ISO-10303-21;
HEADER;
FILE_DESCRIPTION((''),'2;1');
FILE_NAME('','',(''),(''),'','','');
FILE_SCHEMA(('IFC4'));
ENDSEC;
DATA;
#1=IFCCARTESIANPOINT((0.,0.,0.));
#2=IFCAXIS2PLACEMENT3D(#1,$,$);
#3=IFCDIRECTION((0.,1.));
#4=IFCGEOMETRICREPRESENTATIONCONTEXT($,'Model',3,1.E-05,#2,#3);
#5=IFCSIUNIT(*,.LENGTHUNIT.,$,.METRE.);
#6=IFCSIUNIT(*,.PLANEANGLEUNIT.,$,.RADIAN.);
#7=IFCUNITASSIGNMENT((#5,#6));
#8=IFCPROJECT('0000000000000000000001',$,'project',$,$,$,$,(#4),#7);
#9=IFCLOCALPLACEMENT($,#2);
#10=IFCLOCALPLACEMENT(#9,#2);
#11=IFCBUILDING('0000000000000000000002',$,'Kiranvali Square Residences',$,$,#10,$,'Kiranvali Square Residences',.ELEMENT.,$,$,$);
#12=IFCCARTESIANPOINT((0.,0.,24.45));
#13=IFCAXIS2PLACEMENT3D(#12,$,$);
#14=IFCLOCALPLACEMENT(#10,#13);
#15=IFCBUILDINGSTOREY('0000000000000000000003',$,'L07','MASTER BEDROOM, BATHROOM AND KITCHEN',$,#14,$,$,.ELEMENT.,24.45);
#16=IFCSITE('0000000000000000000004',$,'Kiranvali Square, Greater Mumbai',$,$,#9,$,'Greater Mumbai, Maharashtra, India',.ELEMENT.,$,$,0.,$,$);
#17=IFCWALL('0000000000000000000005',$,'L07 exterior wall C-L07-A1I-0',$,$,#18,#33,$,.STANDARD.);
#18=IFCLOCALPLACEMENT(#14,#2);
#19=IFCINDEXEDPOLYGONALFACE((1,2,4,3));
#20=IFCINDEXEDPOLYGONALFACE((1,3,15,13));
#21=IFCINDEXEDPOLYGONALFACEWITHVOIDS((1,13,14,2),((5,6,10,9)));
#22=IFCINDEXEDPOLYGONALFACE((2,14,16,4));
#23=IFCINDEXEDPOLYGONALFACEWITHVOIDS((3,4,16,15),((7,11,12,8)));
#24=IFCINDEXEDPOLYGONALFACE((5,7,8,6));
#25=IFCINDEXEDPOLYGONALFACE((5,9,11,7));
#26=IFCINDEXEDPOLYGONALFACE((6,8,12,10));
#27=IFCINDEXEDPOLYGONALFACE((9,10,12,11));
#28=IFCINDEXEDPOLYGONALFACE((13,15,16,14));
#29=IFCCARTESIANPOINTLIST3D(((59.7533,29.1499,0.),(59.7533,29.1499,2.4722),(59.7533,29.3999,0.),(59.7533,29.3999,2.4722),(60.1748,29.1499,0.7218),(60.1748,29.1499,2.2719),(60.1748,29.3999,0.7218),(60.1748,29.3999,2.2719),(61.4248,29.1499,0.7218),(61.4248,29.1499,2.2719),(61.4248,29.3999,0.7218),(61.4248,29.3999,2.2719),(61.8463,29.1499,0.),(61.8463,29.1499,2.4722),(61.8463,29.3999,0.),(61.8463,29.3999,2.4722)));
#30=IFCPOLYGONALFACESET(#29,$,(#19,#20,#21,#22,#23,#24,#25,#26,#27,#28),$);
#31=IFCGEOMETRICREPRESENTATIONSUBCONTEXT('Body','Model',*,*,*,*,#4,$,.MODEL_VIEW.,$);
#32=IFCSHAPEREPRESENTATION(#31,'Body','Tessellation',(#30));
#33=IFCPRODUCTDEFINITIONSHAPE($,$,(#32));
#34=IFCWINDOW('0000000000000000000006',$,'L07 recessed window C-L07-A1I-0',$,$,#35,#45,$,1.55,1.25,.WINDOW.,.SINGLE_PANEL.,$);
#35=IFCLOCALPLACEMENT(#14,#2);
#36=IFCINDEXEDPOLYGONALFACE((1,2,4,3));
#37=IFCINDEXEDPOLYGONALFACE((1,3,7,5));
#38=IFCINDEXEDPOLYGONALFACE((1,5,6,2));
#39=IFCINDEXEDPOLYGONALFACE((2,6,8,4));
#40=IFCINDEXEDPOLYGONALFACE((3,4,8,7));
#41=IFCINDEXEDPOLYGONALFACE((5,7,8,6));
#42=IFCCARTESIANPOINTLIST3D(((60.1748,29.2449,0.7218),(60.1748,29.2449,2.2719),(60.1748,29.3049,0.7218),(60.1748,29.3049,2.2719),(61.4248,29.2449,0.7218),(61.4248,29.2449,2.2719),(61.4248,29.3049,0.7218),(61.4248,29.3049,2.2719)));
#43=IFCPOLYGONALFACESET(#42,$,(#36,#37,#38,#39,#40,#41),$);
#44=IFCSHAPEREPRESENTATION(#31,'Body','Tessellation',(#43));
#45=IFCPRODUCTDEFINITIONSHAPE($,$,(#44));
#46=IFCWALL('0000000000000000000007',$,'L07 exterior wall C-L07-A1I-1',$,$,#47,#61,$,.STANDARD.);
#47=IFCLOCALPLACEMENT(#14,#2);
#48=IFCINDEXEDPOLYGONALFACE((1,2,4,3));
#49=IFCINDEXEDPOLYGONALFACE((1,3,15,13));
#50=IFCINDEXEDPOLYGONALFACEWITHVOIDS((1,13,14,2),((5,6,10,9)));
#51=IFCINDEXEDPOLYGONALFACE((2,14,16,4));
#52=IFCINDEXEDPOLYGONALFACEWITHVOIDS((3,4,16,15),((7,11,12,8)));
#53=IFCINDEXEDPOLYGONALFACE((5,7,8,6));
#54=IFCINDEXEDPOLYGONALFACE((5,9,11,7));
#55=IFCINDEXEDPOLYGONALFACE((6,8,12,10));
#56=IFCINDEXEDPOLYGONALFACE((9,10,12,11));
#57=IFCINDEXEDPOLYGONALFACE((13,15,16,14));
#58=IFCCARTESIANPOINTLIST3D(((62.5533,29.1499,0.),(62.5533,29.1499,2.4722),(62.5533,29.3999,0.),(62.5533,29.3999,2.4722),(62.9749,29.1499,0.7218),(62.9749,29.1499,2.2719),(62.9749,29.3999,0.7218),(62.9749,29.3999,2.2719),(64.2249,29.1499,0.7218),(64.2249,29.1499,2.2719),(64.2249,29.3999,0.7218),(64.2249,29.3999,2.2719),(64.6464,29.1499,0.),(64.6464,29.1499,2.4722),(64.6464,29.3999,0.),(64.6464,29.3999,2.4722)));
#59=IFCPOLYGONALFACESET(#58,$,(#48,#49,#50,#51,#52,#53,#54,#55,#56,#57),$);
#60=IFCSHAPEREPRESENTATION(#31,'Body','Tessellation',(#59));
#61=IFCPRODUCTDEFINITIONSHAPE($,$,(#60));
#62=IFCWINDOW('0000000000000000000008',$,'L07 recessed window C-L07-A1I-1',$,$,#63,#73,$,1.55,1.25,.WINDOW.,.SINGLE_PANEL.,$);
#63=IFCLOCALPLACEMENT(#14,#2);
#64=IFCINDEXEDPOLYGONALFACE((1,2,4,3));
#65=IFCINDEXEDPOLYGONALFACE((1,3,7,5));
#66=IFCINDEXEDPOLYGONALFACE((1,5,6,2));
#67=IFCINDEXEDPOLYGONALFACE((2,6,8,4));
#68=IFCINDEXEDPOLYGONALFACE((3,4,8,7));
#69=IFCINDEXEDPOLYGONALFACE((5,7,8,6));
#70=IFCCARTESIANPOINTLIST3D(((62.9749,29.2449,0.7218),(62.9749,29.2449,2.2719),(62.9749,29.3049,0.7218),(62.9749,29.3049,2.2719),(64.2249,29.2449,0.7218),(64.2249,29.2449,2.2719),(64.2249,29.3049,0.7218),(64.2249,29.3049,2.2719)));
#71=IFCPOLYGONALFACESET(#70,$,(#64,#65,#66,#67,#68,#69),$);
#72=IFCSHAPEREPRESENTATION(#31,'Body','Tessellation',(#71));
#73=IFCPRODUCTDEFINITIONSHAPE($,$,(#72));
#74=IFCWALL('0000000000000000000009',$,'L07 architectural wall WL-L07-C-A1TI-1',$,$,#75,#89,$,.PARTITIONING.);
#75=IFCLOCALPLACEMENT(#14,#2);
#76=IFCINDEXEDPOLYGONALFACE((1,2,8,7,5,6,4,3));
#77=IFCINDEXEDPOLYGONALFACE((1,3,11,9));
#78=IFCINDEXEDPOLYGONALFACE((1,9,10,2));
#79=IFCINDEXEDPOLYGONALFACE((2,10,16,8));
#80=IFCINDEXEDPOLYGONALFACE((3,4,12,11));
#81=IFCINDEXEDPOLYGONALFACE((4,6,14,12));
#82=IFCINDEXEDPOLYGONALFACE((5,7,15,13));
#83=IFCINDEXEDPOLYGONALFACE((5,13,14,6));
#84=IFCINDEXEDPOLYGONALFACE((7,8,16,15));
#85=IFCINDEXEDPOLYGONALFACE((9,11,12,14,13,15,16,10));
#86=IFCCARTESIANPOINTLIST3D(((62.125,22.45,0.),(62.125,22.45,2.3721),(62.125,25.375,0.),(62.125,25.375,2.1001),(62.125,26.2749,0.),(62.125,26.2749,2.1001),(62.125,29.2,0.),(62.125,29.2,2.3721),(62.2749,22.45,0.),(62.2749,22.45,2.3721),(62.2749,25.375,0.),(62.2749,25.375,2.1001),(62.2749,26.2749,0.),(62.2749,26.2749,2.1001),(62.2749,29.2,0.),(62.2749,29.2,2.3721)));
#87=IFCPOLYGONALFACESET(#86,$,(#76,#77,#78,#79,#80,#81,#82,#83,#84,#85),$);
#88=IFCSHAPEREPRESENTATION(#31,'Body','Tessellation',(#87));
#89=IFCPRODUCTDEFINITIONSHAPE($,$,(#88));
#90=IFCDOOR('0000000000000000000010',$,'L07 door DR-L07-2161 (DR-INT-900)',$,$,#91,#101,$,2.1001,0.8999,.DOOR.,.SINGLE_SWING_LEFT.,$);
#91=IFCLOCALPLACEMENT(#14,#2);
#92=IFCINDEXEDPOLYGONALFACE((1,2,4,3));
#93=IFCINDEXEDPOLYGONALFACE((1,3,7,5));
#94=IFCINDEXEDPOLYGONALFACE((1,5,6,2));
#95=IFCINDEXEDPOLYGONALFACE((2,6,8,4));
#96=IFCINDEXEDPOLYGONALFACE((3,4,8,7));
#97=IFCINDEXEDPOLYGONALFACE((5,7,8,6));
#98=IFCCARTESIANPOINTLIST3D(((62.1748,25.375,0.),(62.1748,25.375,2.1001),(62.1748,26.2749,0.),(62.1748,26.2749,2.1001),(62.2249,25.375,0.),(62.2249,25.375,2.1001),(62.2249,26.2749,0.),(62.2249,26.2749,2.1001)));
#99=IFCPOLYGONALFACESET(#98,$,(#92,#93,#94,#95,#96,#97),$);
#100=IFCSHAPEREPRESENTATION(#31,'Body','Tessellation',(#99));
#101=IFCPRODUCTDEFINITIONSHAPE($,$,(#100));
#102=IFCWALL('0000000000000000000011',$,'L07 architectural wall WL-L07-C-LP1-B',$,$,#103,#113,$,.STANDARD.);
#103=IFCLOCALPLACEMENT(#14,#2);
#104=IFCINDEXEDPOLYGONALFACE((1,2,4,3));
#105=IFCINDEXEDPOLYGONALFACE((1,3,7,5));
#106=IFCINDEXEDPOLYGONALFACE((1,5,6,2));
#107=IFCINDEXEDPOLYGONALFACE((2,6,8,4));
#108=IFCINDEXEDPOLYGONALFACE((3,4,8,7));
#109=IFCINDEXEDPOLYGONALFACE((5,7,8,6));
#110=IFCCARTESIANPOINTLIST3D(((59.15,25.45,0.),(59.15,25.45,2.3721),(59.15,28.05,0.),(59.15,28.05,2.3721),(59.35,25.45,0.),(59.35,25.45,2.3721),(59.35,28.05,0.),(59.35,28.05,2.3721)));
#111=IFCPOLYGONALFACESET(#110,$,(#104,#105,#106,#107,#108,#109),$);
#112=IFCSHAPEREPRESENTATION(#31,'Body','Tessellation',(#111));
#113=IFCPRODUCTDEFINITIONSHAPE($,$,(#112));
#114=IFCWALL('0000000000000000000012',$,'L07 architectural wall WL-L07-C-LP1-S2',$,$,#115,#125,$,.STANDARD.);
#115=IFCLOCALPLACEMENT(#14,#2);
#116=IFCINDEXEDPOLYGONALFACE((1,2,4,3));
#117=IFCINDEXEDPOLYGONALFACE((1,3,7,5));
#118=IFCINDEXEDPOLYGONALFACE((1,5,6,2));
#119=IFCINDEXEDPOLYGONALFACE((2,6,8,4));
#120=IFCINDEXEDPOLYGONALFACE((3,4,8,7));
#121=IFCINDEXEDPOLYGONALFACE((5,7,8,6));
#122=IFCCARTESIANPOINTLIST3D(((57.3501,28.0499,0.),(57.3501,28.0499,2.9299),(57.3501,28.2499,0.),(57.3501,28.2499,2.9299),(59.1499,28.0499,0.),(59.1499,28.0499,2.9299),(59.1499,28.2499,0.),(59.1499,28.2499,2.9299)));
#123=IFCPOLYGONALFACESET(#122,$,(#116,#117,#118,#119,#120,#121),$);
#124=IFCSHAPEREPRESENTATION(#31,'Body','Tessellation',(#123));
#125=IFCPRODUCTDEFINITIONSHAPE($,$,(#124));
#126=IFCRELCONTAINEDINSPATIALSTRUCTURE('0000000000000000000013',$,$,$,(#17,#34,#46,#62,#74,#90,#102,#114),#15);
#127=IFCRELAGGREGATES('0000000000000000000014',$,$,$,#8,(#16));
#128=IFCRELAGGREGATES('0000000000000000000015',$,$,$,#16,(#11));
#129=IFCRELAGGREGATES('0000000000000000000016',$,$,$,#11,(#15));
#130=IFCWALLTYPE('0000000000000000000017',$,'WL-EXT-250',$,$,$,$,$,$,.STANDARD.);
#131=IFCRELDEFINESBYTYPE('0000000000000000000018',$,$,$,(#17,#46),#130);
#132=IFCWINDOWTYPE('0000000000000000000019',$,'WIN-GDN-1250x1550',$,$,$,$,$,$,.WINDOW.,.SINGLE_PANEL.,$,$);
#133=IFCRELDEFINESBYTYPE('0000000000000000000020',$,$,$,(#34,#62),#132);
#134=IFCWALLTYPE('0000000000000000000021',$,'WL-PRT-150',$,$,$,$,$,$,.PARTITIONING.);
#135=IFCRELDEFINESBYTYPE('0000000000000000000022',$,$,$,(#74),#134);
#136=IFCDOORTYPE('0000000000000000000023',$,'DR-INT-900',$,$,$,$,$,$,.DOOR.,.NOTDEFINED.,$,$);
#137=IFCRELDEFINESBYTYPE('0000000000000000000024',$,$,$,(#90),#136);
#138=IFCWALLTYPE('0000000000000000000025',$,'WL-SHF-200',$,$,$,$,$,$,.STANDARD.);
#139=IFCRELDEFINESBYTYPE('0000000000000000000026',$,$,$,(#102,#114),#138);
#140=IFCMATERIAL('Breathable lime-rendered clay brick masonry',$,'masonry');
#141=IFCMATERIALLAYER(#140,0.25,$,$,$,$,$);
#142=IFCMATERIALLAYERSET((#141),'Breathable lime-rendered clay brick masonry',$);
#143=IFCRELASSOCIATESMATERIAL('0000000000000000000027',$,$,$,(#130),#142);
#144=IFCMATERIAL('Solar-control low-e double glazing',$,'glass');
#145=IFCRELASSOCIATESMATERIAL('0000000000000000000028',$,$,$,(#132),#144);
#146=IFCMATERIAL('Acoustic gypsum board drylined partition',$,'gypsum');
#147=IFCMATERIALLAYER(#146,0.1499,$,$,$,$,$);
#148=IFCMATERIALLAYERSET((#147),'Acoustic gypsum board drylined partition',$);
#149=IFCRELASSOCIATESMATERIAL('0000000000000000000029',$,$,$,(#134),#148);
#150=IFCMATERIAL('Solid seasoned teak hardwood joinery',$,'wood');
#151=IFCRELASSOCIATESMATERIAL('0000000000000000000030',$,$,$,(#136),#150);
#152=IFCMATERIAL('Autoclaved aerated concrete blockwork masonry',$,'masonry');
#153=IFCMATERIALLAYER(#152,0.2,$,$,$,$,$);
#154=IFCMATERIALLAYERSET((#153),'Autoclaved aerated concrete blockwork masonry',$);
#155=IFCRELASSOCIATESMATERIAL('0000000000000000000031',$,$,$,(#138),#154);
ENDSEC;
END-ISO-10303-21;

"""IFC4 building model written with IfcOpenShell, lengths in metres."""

from ifc_helpers import new_model, si_unit, direction, frame, frame_2d, origin, place, context, subcontext, project, spatial, rectangle, extrude, material, layer, layer_set, type_object, element, fill, save


model = new_model("IFC4")

# Units and contexts
model_context = context("Model", 3, precision=1e-05, world=origin(), true_north=direction((0.0, 1.0)))
body_context = subcontext(model_context, "Body", "Model", "MODEL_VIEW")
ifc_project = project(units=[si_unit("LENGTHUNIT", "METRE"), si_unit("PLANEANGLEUNIT", "RADIAN")], contexts=[model_context])

# Site, building, storey
site_placement = place(None, origin())
site = spatial("IfcSite", under=ifc_project, at=site_placement, Name="Kiranvali Square, Greater Mumbai", LongName="Greater Mumbai, Maharashtra, India", CompositionType="ELEMENT", RefElevation=0.0)
building_placement = place(site_placement, origin())
building = spatial("IfcBuilding", under=site, at=building_placement, Name="Kiranvali Square Residences", LongName="Kiranvali Square Residences", CompositionType="ELEMENT")
storey_placement = place(building_placement, frame((0.0, 0.0, 24.45)))
storey = spatial("IfcBuildingStorey", under=building, at=storey_placement, Name="L07", Description="MASTER BEDROOM, BATHROOM AND KITCHEN", CompositionType="ELEMENT", Elevation=24.45)

# Shared definitions
ifc_material_1 = material(Name="Autoclaved aerated concrete blockwork masonry", Category="masonry")

# Walls, openings, windows
ifc_material_2 = material(Name="Breathable lime-rendered clay brick masonry", Category="masonry")
ifc_layer_1 = layer(ifc_material_2, 0.25)
ifc_layer_set_1 = layer_set([ifc_layer_1], Name="Breathable lime-rendered clay brick masonry")
wall_type_1 = type_object("IfcWallType", Name="WL-EXT-250", PredefinedType="STANDARD", material=ifc_layer_set_1)
wall_1_placement = place(storey_placement, frame((59.7534, 29.2749, 0.0), z_axis=(0.0, 0.0, 1.0), x_axis=(1.0, 0.0, 0.0)))
wall_1 = element("IfcWall", 1, at=wall_1_placement, inside=storey, type_object=wall_type_1, Name="L07 exterior wall C-L07-A1I-0", PredefinedType="STANDARD", context=body_context, shape_type="SweptSolid", body=[
    extrude(rectangle(XDim=2.093, YDim=0.25, at=frame_2d((1.0464, 0.0))), origin(), (0.0, 0.0, 1.0), 2.4722),
])
opening_1_placement = place(wall_1_placement, frame((0.4214, 0.0, 0.7219)))
opening_1 = element("IfcOpeningElement", 2, at=opening_1_placement, cuts=wall_1, PredefinedType="OPENING", context=body_context, shape_type="SweptSolid", body=[
    extrude(rectangle(XDim=1.25, YDim=1.55, at=frame_2d((0.625, 0.7749))), frame((0.0, 0.135, 0.0), z_axis=(0.0, -1.0, 0.0), x_axis=(1.0, 0.0, 0.0)), (0.0, 0.0, 1.0), 0.27),
])
ifc_material_3 = material(Name="Solar-control low-e double glazing", Category="glass")
window_type = type_object("IfcWindowType", Name="WIN-GDN-1250x1550", PartitioningType="SINGLE_PANEL", PredefinedType="WINDOW", material=ifc_material_3)
window_1_placement = place(opening_1_placement, origin())
window_1 = element("IfcWindow", 3, at=window_1_placement, inside=storey, type_object=window_type, Name="L07 recessed window C-L07-A1I-0", OverallHeight=1.55, OverallWidth=1.25, PartitioningType="SINGLE_PANEL", PredefinedType="WINDOW", context=body_context, shape_type="SweptSolid", body=[
    extrude(rectangle(XDim=1.25, YDim=1.55, at=frame_2d((0.625, 0.7749))), frame((0.0, 0.03, 0.0), z_axis=(0.0, -1.0, 0.0), x_axis=(1.0, 0.0, 0.0)), (0.0, 0.0, 1.0), 0.0601),
])
fill(opening_1, window_1)
wall_2_placement = place(storey_placement, frame((62.5535, 29.2749, 0.0), z_axis=(0.0, 0.0, 1.0), x_axis=(1.0, 0.0, 0.0)))
wall_2 = element("IfcWall", 4, at=wall_2_placement, inside=storey, type_object=wall_type_1, Name="L07 exterior wall C-L07-A1I-1", PredefinedType="STANDARD", context=body_context, shape_type="SweptSolid", body=[
    extrude(rectangle(XDim=2.093, YDim=0.25, at=frame_2d((1.0464, 0.0))), origin(), (0.0, 0.0, 1.0), 2.4722),
])
opening_2_placement = place(wall_2_placement, frame((0.4214, 0.0, 0.7219)))
opening_2 = element("IfcOpeningElement", 5, at=opening_2_placement, cuts=wall_2, PredefinedType="OPENING", context=body_context, shape_type="SweptSolid", body=[
    extrude(rectangle(XDim=1.25, YDim=1.55, at=frame_2d((0.625, 0.7749))), frame((0.0, 0.135, 0.0), z_axis=(0.0, -1.0, 0.0), x_axis=(1.0, 0.0, 0.0)), (0.0, 0.0, 1.0), 0.27),
])
window_2_placement = place(opening_2_placement, origin())
window_2 = element("IfcWindow", 6, at=window_2_placement, inside=storey, type_object=window_type, Name="L07 recessed window C-L07-A1I-1", OverallHeight=1.55, OverallWidth=1.25, PartitioningType="SINGLE_PANEL", PredefinedType="WINDOW", context=body_context, shape_type="SweptSolid", body=[
    extrude(rectangle(XDim=1.25, YDim=1.55, at=frame_2d((0.625, 0.7749))), frame((0.0, 0.03, 0.0), z_axis=(0.0, -1.0, 0.0), x_axis=(1.0, 0.0, 0.0)), (0.0, 0.0, 1.0), 0.0601),
])
fill(opening_2, window_2)

# Wall, opening, door
ifc_material_4 = material(Name="Acoustic gypsum board drylined partition", Category="gypsum")
ifc_layer_2 = layer(ifc_material_4, 0.1499)
ifc_layer_set_2 = layer_set([ifc_layer_2], Name="Acoustic gypsum board drylined partition")
wall_type_2 = type_object("IfcWallType", Name="WL-PRT-150", PredefinedType="PARTITIONING", material=ifc_layer_set_2)
wall_3_placement = place(storey_placement, frame((62.2, 29.2, 0.0), z_axis=(0.0, 0.0, 1.0), x_axis=(0.0, -1.0, 0.0)))
wall_3 = element("IfcWall", 7, at=wall_3_placement, inside=storey, type_object=wall_type_2, Name="L07 architectural wall WL-L07-C-A1TI-1", PredefinedType="PARTITIONING", context=body_context, shape_type="SweptSolid", body=[
    extrude(rectangle(XDim=6.75, YDim=0.1499, at=frame_2d((3.375, 0.0))), origin(), (0.0, 0.0, 1.0), 2.3721),
])
opening_3_placement = place(wall_3_placement, frame((2.925, 0.0, 0.0)))
opening_3 = element("IfcOpeningElement", 8, at=opening_3_placement, cuts=wall_3, PredefinedType="OPENING", context=body_context, shape_type="SweptSolid", body=[
    extrude(rectangle(XDim=0.8999, YDim=2.1001, at=frame_2d((0.45, 1.05))), frame((0.0, 0.085, 0.0), z_axis=(0.0, -1.0, 0.0), x_axis=(1.0, 0.0, 0.0)), (0.0, 0.0, 1.0), 0.1699),
])
ifc_material_5 = material(Name="Solid seasoned teak hardwood joinery", Category="wood")
door_type_1 = type_object("IfcDoorType", Name="DR-INT-900", OperationType="NOTDEFINED", PredefinedType="DOOR", material=ifc_material_5)
door_1_placement = place(opening_3_placement, origin())
door_1 = element("IfcDoor", 9, at=door_1_placement, inside=storey, type_object=door_type_1, Name="L07 door DR-L07-2161 (DR-INT-900)", OperationType="SINGLE_SWING_LEFT", OverallHeight=2.1001, OverallWidth=0.8999, PredefinedType="DOOR", context=body_context, shape_type="SweptSolid", body=[
    extrude(rectangle(XDim=0.8999, YDim=2.1001, at=frame_2d((0.45, 1.05))), frame((0.0, 0.0249, 0.0), z_axis=(0.0, -1.0, 0.0), x_axis=(1.0, 0.0, 0.0)), (0.0, 0.0, 1.0), 0.05),
])
fill(opening_3, door_1)

# Walls
ifc_layer_3 = layer(ifc_material_1, 0.2)
ifc_layer_set_3 = layer_set([ifc_layer_3], Name="Autoclaved aerated concrete blockwork masonry")
wall_type_3 = type_object("IfcWallType", Name="WL-SHF-200", PredefinedType="STANDARD", material=ifc_layer_set_3)
wall_4_placement = place(storey_placement, frame((59.25, 28.05, 0.0), z_axis=(0.0, 0.0, 1.0), x_axis=(0.0, -1.0, 0.0)))
element("IfcWall", 10, at=wall_4_placement, inside=storey, type_object=wall_type_3, Name="L07 architectural wall WL-L07-C-LP1-B", PredefinedType="STANDARD", context=body_context, shape_type="SweptSolid", body=[
    extrude(rectangle(XDim=2.6001, YDim=0.2, at=frame_2d((1.3, 0.0))), origin(), (0.0, 0.0, 1.0), 2.3721),
])
wall_5_placement = place(storey_placement, frame((57.3501, 28.1499, 0.0), z_axis=(0.0, 0.0, 1.0), x_axis=(1.0, 0.0, 0.0)))
element("IfcWall", 11, at=wall_5_placement, inside=storey, type_object=wall_type_3, Name="L07 architectural wall WL-L07-C-LP1-S2", PredefinedType="STANDARD", context=body_context, shape_type="SweptSolid", body=[
    extrude(rectangle(XDim=1.7998, YDim=0.2, at=frame_2d((0.8999, 0.0))), origin(), (0.0, 0.0, 1.0), 2.9299),
])

save(model, "model.ifc")
